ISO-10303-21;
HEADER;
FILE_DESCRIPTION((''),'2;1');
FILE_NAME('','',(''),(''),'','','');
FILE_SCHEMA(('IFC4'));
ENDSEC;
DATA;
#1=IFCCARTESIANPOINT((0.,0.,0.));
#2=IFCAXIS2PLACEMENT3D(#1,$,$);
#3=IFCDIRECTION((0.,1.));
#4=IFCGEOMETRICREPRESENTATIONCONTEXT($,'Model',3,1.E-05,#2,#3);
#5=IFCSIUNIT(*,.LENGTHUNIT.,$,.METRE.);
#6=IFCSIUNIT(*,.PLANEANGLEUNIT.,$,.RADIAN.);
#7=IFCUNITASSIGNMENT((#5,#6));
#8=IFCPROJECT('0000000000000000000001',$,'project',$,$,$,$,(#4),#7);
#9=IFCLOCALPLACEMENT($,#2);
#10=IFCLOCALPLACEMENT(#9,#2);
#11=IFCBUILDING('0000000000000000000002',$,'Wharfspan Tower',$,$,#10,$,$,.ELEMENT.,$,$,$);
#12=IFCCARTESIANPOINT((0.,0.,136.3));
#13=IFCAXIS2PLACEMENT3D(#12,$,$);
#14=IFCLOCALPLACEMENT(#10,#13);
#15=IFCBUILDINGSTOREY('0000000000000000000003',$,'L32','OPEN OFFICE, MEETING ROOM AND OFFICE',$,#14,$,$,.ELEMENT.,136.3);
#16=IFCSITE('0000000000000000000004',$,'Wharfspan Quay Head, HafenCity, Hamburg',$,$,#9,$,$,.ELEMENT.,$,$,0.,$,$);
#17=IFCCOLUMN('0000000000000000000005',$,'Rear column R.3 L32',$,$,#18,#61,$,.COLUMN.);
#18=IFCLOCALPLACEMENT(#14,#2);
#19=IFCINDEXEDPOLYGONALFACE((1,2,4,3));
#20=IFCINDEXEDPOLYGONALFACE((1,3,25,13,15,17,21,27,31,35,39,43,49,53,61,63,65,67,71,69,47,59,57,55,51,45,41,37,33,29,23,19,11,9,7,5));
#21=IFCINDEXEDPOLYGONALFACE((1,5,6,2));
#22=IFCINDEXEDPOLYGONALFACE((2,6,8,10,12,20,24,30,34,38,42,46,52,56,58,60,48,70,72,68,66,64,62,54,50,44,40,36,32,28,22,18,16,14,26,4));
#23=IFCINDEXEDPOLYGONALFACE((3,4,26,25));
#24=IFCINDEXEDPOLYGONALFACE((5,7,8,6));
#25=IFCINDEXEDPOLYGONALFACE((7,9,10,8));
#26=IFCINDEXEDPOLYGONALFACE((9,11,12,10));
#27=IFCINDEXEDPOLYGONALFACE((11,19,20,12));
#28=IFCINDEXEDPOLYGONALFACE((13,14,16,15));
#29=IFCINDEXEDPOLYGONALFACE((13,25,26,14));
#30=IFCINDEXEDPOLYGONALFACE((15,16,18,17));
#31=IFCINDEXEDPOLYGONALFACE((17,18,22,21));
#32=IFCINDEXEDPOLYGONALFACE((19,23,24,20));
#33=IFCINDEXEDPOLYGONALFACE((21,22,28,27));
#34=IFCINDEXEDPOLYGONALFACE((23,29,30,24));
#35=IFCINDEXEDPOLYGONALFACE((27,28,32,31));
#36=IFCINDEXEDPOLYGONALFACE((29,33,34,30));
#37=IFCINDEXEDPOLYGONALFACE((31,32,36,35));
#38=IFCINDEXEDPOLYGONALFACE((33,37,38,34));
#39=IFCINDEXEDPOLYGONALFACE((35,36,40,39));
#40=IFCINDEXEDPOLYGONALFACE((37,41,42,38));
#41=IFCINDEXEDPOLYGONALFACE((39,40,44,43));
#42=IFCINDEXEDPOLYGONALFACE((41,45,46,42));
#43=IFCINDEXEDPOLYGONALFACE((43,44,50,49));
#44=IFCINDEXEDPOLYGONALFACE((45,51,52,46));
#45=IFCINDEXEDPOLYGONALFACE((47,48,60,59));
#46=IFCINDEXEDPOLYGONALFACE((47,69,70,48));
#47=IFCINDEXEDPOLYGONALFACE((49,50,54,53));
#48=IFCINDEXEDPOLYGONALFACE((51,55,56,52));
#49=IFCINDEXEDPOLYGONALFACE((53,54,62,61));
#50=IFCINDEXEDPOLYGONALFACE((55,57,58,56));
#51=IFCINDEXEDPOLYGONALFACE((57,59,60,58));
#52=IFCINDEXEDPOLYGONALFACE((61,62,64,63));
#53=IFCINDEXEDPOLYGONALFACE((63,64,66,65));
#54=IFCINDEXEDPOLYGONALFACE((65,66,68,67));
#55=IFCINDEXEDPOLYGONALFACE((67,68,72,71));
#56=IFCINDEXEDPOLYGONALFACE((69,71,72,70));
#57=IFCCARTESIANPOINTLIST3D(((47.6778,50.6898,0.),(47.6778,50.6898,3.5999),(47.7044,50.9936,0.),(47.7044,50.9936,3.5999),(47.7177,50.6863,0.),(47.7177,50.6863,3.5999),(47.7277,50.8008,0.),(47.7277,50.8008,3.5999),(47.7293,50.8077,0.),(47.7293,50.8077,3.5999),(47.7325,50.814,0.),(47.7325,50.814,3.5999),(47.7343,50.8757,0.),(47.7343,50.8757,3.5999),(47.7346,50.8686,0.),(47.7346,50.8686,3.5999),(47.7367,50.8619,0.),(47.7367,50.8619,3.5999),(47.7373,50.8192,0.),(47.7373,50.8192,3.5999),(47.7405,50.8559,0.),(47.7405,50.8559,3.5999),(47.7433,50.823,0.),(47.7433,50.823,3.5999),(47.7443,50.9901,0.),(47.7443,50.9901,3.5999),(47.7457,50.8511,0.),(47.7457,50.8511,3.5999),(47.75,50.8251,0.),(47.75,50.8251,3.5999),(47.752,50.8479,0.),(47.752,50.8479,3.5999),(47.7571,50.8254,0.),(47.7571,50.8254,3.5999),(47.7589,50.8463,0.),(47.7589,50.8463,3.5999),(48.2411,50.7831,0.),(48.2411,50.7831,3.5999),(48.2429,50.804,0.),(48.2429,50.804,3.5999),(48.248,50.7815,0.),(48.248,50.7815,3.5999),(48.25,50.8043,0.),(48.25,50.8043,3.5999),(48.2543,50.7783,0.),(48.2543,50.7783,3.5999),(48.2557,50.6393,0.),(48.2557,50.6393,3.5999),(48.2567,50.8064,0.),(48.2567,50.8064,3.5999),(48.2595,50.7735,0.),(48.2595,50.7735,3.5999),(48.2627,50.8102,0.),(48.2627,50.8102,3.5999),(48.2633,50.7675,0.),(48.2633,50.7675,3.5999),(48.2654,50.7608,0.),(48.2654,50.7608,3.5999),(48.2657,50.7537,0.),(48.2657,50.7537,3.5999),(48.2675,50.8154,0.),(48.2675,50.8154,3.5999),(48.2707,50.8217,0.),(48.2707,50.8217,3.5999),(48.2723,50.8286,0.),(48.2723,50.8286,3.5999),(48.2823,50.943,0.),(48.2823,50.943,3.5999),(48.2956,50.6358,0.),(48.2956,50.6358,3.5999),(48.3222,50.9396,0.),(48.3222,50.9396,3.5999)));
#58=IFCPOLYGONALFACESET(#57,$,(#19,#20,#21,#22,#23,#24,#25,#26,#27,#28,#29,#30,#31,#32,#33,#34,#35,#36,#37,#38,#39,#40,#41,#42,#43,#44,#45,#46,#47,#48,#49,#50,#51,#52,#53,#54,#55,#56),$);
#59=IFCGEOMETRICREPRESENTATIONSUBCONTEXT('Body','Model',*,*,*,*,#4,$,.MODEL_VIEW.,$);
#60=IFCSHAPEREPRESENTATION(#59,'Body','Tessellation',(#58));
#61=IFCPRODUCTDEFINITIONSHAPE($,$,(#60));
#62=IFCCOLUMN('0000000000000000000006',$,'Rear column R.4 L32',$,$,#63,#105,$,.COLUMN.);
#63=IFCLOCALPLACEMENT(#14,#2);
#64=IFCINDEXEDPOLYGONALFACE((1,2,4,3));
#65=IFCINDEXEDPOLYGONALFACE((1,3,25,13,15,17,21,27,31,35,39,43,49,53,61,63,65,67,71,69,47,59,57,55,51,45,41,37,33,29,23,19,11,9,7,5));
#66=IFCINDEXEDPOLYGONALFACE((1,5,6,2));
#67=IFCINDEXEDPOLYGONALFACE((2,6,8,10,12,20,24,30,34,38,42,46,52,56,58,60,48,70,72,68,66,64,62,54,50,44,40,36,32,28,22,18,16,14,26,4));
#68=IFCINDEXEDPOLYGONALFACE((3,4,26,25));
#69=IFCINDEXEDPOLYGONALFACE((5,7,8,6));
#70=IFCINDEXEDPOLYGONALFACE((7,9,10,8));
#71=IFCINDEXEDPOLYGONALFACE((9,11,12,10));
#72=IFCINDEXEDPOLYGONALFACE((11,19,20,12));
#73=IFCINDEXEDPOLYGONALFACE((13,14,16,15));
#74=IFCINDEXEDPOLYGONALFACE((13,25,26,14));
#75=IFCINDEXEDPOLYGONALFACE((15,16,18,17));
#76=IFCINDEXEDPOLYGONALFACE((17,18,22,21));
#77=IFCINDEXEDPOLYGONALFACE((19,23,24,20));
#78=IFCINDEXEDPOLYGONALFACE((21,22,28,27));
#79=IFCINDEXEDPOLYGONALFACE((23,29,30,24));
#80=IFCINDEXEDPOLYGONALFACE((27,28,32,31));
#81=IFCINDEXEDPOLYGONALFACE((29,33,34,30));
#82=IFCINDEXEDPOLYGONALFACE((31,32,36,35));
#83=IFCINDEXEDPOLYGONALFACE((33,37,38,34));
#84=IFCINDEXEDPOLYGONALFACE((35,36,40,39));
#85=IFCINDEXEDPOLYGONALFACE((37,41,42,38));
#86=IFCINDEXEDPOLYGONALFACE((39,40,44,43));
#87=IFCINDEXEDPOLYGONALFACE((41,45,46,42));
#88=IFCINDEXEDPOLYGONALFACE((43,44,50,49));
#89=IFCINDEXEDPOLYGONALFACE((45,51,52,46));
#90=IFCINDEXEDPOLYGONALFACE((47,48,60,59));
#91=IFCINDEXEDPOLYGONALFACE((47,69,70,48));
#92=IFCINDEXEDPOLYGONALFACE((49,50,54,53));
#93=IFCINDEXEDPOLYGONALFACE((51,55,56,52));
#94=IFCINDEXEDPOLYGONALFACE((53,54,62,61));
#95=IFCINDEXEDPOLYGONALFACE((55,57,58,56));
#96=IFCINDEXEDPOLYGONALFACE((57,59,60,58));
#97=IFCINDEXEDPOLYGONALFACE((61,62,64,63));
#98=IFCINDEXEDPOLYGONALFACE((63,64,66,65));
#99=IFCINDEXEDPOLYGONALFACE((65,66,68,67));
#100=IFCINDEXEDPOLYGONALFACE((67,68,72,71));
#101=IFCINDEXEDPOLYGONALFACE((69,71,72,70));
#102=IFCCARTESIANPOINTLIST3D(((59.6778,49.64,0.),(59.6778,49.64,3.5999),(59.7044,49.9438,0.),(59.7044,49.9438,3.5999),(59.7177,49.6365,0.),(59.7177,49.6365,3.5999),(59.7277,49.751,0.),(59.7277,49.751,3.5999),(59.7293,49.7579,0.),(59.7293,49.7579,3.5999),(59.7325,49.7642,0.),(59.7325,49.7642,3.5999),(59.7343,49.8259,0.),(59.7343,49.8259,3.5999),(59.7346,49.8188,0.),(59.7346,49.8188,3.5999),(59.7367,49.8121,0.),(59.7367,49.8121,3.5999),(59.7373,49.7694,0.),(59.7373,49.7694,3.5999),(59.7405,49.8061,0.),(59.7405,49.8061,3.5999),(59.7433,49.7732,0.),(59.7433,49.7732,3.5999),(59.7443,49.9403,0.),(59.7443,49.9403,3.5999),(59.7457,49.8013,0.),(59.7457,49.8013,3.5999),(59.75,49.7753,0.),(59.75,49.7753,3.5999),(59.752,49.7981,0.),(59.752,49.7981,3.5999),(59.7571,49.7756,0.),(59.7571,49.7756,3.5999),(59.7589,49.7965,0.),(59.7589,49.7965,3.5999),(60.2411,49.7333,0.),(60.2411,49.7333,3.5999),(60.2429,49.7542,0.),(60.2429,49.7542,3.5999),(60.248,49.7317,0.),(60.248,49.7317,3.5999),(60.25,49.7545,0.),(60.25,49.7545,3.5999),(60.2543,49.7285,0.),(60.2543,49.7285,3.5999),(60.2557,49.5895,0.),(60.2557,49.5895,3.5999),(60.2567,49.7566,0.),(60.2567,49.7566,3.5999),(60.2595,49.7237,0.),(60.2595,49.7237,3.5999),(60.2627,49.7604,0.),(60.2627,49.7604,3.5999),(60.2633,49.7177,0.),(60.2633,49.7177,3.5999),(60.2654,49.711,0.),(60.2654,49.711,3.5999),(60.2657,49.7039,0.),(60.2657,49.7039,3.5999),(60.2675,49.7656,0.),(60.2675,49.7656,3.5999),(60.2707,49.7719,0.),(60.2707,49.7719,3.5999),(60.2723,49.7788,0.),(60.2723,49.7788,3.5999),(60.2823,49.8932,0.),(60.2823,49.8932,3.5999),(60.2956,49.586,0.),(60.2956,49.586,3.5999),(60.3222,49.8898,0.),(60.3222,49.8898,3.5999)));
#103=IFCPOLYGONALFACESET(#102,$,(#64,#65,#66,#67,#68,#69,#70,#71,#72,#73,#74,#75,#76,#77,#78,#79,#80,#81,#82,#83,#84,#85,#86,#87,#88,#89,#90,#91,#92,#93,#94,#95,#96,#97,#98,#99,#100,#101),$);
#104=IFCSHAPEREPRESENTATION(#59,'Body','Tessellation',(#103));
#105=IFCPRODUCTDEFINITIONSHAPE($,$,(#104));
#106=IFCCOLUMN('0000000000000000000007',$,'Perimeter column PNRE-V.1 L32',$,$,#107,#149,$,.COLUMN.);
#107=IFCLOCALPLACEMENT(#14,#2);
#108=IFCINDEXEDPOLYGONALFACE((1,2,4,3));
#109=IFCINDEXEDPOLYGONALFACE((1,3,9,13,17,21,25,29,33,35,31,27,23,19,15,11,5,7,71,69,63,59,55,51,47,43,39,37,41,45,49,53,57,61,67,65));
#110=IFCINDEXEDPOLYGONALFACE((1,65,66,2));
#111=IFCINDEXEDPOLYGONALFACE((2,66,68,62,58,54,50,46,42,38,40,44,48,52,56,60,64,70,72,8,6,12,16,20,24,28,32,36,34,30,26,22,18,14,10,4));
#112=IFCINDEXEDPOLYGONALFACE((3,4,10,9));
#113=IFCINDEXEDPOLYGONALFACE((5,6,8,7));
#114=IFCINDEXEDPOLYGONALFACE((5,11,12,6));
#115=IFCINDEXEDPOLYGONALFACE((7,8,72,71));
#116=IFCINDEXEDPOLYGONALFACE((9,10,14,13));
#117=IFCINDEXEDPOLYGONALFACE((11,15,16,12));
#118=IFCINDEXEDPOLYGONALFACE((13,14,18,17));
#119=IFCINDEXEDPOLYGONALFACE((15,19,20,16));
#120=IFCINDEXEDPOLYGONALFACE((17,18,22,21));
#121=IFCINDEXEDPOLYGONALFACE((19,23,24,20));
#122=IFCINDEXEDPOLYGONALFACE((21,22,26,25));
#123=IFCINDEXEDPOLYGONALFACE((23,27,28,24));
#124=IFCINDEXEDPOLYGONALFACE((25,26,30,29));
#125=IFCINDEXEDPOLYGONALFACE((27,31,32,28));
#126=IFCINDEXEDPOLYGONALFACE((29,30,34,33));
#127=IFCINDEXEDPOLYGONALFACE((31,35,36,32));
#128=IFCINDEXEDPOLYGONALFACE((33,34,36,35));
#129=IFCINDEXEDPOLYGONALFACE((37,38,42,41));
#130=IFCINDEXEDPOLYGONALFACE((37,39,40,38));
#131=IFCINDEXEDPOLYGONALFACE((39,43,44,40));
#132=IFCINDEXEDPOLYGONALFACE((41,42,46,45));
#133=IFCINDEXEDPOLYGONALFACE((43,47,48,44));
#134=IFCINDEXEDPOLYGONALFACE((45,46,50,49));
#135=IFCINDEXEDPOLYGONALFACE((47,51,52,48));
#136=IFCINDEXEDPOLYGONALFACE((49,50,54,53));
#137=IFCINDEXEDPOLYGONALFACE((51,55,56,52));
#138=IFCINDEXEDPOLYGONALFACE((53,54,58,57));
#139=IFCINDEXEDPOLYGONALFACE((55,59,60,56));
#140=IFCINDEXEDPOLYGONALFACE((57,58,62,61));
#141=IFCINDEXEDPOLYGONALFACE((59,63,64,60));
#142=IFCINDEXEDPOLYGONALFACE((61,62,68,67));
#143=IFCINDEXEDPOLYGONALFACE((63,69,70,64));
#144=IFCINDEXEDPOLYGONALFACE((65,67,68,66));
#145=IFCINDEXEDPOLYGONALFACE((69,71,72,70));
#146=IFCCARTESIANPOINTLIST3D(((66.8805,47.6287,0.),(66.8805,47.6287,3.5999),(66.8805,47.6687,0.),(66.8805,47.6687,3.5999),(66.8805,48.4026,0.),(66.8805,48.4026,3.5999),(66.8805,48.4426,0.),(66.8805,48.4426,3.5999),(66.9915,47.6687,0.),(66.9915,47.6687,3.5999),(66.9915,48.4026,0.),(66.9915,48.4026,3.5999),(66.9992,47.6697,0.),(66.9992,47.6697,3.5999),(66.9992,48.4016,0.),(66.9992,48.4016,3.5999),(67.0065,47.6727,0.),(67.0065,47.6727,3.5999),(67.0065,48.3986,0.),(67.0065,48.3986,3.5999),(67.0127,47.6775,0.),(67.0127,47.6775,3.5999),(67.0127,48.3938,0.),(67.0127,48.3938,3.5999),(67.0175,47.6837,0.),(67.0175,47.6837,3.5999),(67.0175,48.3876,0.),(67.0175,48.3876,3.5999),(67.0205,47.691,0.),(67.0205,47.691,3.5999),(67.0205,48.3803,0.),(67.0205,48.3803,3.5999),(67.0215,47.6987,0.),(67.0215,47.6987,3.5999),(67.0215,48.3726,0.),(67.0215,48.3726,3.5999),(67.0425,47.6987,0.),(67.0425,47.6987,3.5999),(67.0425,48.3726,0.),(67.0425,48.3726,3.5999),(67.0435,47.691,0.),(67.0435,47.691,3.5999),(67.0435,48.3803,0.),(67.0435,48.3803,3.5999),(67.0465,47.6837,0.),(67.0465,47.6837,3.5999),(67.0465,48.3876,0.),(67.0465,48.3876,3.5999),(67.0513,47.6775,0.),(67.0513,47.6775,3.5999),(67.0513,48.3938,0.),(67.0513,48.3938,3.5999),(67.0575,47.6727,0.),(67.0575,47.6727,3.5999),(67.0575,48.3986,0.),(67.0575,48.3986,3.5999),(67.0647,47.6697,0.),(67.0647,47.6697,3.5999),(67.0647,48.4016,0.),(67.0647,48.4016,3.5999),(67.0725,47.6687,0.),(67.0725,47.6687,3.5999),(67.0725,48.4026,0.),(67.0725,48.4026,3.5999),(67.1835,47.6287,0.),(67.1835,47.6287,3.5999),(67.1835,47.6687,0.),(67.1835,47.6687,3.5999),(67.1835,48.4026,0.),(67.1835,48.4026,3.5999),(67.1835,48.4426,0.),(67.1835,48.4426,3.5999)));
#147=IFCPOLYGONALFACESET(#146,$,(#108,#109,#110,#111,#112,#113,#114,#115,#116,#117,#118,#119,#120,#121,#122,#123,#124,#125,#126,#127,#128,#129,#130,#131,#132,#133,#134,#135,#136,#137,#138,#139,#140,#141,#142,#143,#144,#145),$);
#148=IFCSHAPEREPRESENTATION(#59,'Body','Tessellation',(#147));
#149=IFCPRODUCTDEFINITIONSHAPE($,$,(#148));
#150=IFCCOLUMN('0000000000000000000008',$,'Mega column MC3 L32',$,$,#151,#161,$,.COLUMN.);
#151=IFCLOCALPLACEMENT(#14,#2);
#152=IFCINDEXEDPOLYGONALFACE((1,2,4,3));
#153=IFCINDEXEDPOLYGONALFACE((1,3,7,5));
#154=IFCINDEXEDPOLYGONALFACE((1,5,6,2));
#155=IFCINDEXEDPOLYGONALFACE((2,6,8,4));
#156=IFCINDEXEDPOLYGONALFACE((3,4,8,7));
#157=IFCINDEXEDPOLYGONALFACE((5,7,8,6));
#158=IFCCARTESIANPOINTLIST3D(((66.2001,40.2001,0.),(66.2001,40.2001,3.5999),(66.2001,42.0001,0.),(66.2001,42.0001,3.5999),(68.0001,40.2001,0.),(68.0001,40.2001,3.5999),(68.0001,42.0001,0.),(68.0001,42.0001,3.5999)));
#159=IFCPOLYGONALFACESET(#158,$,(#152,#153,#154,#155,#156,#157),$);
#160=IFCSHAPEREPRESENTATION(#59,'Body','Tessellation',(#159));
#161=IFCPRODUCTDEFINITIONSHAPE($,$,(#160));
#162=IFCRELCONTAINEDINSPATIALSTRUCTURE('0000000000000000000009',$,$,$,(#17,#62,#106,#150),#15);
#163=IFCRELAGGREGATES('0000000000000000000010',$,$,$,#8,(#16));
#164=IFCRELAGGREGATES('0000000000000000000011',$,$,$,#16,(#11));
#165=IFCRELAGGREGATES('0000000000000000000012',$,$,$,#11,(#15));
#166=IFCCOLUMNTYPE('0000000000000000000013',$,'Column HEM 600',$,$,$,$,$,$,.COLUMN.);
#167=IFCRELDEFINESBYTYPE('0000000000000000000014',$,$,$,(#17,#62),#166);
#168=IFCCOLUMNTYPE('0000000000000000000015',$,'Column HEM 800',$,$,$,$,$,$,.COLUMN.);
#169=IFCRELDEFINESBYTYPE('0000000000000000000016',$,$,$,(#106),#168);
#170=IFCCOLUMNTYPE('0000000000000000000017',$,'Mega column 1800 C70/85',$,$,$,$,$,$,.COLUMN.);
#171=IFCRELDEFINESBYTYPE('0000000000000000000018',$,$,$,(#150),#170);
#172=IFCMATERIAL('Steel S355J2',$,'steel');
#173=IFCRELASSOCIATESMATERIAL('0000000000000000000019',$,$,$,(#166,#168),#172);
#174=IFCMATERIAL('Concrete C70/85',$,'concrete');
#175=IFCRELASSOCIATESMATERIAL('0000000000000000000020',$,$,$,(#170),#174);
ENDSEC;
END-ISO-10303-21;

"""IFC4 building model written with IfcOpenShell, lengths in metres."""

from ifc_helpers import new_model, si_unit, direction, frame, origin, origin_2d, place, context, subcontext, project, spatial, rectangle, i_section, extrude, material, material_profile, profile_set, type_object, element, save


model = new_model("IFC4")

# Units and contexts
model_context = context("Model", 3, precision=1e-05, world=origin(), true_north=direction((0.0, 1.0)))
body_context = subcontext(model_context, "Body", "Model", "MODEL_VIEW")
ifc_project = project(units=[si_unit("LENGTHUNIT", "METRE"), si_unit("PLANEANGLEUNIT", "RADIAN")], contexts=[model_context])

# Site, building, storey
site_placement = place(None, origin())
site = spatial("IfcSite", under=ifc_project, at=site_placement, Name="Wharfspan Quay Head, HafenCity, Hamburg", CompositionType="ELEMENT", RefElevation=0.0)
building_placement = place(site_placement, origin())
building = spatial("IfcBuilding", under=site, at=building_placement, Name="Wharfspan Tower", CompositionType="ELEMENT")
storey_placement = place(building_placement, frame((0.0, 0.0, 136.3)))
storey = spatial("IfcBuildingStorey", under=building, at=storey_placement, Name="L32", Description="OPEN OFFICE, MEETING ROOM AND OFFICE", CompositionType="ELEMENT", Elevation=136.3)

# Columns
ifc_material_1 = material(Name="Steel S355J2", Category="steel")
ifc_material_profile_1 = material_profile(ifc_material_1, i_section(OverallWidth=0.3049, OverallDepth=0.6201, WebThickness=0.021, FlangeThickness=0.04, FilletRadius=0.0271, at=origin_2d()))
ifc_profile_set_1 = profile_set([ifc_material_profile_1], Name="Steel S355J2")
column_type_1 = type_object("IfcColumnType", Name="Column HEM 600", PredefinedType="COLUMN", material=ifc_profile_set_1)
for number, where, z_axis, x_axis, name in (
    (1, (48.0, 50.8147, 0.0), (0.0, 0.0, 1.0), (0.087156, 0.996198, 0.0), "Rear column R.3 L32"),
    (2, (60.0, 49.7649, 0.0), (0.0, 0.0, 1.0), (0.087156, 0.996198, 0.0), "Rear column R.4 L32"),
):
    element("IfcColumn", number, at=place(storey_placement, frame(where, z_axis=z_axis, x_axis=x_axis)), inside=storey, type_object=column_type_1, Name=name, PredefinedType="COLUMN", context=body_context, shape_type="SweptSolid", body=[
        extrude(i_section(OverallWidth=0.3049, OverallDepth=0.6201, WebThickness=0.021, FlangeThickness=0.04, FilletRadius=0.0271, at=origin_2d()), origin(), (0.0, 0.0, 1.0), 3.5999),
    ])
ifc_material_profile_2 = material_profile(ifc_material_1, i_section(OverallWidth=0.303, OverallDepth=0.814, WebThickness=0.021, FlangeThickness=0.04, FilletRadius=0.03, at=origin_2d()))
ifc_profile_set_2 = profile_set([ifc_material_profile_2], Name="Steel S355J2")
column_type_2 = type_object("IfcColumnType", Name="Column HEM 800", PredefinedType="COLUMN", material=ifc_profile_set_2)
column_1_placement = place(storey_placement, frame((67.032, 48.0356, 0.0), z_axis=(0.0, 0.0, 1.0), x_axis=(1.0, 0.0, 0.0)))
element("IfcColumn", 3, at=column_1_placement, inside=storey, type_object=column_type_2, Name="Perimeter column PNRE-V.1 L32", PredefinedType="COLUMN", context=body_context, shape_type="SweptSolid", body=[
    extrude(i_section(OverallWidth=0.303, OverallDepth=0.814, WebThickness=0.021, FlangeThickness=0.04, FilletRadius=0.03, at=origin_2d()), origin(), (0.0, 0.0, 1.0), 3.5999),
])
ifc_material_2 = material(Name="Concrete C70/85", Category="concrete")
ifc_material_profile_3 = material_profile(ifc_material_2, rectangle(XDim=1.8, YDim=1.8, at=origin_2d()))
ifc_profile_set_3 = profile_set([ifc_material_profile_3], Name="Concrete C70/85")
column_type_3 = type_object("IfcColumnType", Name="Mega column 1800 C70/85", PredefinedType="COLUMN", material=ifc_profile_set_3)
column_2_placement = place(storey_placement, frame((67.1001, 41.1001, 0.0), z_axis=(0.0, 0.0, 1.0), x_axis=(1.0, 0.0, 0.0)))
element("IfcColumn", 4, at=column_2_placement, inside=storey, type_object=column_type_3, Name="Mega column MC3 L32", PredefinedType="COLUMN", context=body_context, shape_type="SweptSolid", body=[
    extrude(rectangle(XDim=1.8, YDim=1.8, at=origin_2d()), origin(), (0.0, 0.0, 1.0), 3.5999),
])

save(model, "model.ifc")
